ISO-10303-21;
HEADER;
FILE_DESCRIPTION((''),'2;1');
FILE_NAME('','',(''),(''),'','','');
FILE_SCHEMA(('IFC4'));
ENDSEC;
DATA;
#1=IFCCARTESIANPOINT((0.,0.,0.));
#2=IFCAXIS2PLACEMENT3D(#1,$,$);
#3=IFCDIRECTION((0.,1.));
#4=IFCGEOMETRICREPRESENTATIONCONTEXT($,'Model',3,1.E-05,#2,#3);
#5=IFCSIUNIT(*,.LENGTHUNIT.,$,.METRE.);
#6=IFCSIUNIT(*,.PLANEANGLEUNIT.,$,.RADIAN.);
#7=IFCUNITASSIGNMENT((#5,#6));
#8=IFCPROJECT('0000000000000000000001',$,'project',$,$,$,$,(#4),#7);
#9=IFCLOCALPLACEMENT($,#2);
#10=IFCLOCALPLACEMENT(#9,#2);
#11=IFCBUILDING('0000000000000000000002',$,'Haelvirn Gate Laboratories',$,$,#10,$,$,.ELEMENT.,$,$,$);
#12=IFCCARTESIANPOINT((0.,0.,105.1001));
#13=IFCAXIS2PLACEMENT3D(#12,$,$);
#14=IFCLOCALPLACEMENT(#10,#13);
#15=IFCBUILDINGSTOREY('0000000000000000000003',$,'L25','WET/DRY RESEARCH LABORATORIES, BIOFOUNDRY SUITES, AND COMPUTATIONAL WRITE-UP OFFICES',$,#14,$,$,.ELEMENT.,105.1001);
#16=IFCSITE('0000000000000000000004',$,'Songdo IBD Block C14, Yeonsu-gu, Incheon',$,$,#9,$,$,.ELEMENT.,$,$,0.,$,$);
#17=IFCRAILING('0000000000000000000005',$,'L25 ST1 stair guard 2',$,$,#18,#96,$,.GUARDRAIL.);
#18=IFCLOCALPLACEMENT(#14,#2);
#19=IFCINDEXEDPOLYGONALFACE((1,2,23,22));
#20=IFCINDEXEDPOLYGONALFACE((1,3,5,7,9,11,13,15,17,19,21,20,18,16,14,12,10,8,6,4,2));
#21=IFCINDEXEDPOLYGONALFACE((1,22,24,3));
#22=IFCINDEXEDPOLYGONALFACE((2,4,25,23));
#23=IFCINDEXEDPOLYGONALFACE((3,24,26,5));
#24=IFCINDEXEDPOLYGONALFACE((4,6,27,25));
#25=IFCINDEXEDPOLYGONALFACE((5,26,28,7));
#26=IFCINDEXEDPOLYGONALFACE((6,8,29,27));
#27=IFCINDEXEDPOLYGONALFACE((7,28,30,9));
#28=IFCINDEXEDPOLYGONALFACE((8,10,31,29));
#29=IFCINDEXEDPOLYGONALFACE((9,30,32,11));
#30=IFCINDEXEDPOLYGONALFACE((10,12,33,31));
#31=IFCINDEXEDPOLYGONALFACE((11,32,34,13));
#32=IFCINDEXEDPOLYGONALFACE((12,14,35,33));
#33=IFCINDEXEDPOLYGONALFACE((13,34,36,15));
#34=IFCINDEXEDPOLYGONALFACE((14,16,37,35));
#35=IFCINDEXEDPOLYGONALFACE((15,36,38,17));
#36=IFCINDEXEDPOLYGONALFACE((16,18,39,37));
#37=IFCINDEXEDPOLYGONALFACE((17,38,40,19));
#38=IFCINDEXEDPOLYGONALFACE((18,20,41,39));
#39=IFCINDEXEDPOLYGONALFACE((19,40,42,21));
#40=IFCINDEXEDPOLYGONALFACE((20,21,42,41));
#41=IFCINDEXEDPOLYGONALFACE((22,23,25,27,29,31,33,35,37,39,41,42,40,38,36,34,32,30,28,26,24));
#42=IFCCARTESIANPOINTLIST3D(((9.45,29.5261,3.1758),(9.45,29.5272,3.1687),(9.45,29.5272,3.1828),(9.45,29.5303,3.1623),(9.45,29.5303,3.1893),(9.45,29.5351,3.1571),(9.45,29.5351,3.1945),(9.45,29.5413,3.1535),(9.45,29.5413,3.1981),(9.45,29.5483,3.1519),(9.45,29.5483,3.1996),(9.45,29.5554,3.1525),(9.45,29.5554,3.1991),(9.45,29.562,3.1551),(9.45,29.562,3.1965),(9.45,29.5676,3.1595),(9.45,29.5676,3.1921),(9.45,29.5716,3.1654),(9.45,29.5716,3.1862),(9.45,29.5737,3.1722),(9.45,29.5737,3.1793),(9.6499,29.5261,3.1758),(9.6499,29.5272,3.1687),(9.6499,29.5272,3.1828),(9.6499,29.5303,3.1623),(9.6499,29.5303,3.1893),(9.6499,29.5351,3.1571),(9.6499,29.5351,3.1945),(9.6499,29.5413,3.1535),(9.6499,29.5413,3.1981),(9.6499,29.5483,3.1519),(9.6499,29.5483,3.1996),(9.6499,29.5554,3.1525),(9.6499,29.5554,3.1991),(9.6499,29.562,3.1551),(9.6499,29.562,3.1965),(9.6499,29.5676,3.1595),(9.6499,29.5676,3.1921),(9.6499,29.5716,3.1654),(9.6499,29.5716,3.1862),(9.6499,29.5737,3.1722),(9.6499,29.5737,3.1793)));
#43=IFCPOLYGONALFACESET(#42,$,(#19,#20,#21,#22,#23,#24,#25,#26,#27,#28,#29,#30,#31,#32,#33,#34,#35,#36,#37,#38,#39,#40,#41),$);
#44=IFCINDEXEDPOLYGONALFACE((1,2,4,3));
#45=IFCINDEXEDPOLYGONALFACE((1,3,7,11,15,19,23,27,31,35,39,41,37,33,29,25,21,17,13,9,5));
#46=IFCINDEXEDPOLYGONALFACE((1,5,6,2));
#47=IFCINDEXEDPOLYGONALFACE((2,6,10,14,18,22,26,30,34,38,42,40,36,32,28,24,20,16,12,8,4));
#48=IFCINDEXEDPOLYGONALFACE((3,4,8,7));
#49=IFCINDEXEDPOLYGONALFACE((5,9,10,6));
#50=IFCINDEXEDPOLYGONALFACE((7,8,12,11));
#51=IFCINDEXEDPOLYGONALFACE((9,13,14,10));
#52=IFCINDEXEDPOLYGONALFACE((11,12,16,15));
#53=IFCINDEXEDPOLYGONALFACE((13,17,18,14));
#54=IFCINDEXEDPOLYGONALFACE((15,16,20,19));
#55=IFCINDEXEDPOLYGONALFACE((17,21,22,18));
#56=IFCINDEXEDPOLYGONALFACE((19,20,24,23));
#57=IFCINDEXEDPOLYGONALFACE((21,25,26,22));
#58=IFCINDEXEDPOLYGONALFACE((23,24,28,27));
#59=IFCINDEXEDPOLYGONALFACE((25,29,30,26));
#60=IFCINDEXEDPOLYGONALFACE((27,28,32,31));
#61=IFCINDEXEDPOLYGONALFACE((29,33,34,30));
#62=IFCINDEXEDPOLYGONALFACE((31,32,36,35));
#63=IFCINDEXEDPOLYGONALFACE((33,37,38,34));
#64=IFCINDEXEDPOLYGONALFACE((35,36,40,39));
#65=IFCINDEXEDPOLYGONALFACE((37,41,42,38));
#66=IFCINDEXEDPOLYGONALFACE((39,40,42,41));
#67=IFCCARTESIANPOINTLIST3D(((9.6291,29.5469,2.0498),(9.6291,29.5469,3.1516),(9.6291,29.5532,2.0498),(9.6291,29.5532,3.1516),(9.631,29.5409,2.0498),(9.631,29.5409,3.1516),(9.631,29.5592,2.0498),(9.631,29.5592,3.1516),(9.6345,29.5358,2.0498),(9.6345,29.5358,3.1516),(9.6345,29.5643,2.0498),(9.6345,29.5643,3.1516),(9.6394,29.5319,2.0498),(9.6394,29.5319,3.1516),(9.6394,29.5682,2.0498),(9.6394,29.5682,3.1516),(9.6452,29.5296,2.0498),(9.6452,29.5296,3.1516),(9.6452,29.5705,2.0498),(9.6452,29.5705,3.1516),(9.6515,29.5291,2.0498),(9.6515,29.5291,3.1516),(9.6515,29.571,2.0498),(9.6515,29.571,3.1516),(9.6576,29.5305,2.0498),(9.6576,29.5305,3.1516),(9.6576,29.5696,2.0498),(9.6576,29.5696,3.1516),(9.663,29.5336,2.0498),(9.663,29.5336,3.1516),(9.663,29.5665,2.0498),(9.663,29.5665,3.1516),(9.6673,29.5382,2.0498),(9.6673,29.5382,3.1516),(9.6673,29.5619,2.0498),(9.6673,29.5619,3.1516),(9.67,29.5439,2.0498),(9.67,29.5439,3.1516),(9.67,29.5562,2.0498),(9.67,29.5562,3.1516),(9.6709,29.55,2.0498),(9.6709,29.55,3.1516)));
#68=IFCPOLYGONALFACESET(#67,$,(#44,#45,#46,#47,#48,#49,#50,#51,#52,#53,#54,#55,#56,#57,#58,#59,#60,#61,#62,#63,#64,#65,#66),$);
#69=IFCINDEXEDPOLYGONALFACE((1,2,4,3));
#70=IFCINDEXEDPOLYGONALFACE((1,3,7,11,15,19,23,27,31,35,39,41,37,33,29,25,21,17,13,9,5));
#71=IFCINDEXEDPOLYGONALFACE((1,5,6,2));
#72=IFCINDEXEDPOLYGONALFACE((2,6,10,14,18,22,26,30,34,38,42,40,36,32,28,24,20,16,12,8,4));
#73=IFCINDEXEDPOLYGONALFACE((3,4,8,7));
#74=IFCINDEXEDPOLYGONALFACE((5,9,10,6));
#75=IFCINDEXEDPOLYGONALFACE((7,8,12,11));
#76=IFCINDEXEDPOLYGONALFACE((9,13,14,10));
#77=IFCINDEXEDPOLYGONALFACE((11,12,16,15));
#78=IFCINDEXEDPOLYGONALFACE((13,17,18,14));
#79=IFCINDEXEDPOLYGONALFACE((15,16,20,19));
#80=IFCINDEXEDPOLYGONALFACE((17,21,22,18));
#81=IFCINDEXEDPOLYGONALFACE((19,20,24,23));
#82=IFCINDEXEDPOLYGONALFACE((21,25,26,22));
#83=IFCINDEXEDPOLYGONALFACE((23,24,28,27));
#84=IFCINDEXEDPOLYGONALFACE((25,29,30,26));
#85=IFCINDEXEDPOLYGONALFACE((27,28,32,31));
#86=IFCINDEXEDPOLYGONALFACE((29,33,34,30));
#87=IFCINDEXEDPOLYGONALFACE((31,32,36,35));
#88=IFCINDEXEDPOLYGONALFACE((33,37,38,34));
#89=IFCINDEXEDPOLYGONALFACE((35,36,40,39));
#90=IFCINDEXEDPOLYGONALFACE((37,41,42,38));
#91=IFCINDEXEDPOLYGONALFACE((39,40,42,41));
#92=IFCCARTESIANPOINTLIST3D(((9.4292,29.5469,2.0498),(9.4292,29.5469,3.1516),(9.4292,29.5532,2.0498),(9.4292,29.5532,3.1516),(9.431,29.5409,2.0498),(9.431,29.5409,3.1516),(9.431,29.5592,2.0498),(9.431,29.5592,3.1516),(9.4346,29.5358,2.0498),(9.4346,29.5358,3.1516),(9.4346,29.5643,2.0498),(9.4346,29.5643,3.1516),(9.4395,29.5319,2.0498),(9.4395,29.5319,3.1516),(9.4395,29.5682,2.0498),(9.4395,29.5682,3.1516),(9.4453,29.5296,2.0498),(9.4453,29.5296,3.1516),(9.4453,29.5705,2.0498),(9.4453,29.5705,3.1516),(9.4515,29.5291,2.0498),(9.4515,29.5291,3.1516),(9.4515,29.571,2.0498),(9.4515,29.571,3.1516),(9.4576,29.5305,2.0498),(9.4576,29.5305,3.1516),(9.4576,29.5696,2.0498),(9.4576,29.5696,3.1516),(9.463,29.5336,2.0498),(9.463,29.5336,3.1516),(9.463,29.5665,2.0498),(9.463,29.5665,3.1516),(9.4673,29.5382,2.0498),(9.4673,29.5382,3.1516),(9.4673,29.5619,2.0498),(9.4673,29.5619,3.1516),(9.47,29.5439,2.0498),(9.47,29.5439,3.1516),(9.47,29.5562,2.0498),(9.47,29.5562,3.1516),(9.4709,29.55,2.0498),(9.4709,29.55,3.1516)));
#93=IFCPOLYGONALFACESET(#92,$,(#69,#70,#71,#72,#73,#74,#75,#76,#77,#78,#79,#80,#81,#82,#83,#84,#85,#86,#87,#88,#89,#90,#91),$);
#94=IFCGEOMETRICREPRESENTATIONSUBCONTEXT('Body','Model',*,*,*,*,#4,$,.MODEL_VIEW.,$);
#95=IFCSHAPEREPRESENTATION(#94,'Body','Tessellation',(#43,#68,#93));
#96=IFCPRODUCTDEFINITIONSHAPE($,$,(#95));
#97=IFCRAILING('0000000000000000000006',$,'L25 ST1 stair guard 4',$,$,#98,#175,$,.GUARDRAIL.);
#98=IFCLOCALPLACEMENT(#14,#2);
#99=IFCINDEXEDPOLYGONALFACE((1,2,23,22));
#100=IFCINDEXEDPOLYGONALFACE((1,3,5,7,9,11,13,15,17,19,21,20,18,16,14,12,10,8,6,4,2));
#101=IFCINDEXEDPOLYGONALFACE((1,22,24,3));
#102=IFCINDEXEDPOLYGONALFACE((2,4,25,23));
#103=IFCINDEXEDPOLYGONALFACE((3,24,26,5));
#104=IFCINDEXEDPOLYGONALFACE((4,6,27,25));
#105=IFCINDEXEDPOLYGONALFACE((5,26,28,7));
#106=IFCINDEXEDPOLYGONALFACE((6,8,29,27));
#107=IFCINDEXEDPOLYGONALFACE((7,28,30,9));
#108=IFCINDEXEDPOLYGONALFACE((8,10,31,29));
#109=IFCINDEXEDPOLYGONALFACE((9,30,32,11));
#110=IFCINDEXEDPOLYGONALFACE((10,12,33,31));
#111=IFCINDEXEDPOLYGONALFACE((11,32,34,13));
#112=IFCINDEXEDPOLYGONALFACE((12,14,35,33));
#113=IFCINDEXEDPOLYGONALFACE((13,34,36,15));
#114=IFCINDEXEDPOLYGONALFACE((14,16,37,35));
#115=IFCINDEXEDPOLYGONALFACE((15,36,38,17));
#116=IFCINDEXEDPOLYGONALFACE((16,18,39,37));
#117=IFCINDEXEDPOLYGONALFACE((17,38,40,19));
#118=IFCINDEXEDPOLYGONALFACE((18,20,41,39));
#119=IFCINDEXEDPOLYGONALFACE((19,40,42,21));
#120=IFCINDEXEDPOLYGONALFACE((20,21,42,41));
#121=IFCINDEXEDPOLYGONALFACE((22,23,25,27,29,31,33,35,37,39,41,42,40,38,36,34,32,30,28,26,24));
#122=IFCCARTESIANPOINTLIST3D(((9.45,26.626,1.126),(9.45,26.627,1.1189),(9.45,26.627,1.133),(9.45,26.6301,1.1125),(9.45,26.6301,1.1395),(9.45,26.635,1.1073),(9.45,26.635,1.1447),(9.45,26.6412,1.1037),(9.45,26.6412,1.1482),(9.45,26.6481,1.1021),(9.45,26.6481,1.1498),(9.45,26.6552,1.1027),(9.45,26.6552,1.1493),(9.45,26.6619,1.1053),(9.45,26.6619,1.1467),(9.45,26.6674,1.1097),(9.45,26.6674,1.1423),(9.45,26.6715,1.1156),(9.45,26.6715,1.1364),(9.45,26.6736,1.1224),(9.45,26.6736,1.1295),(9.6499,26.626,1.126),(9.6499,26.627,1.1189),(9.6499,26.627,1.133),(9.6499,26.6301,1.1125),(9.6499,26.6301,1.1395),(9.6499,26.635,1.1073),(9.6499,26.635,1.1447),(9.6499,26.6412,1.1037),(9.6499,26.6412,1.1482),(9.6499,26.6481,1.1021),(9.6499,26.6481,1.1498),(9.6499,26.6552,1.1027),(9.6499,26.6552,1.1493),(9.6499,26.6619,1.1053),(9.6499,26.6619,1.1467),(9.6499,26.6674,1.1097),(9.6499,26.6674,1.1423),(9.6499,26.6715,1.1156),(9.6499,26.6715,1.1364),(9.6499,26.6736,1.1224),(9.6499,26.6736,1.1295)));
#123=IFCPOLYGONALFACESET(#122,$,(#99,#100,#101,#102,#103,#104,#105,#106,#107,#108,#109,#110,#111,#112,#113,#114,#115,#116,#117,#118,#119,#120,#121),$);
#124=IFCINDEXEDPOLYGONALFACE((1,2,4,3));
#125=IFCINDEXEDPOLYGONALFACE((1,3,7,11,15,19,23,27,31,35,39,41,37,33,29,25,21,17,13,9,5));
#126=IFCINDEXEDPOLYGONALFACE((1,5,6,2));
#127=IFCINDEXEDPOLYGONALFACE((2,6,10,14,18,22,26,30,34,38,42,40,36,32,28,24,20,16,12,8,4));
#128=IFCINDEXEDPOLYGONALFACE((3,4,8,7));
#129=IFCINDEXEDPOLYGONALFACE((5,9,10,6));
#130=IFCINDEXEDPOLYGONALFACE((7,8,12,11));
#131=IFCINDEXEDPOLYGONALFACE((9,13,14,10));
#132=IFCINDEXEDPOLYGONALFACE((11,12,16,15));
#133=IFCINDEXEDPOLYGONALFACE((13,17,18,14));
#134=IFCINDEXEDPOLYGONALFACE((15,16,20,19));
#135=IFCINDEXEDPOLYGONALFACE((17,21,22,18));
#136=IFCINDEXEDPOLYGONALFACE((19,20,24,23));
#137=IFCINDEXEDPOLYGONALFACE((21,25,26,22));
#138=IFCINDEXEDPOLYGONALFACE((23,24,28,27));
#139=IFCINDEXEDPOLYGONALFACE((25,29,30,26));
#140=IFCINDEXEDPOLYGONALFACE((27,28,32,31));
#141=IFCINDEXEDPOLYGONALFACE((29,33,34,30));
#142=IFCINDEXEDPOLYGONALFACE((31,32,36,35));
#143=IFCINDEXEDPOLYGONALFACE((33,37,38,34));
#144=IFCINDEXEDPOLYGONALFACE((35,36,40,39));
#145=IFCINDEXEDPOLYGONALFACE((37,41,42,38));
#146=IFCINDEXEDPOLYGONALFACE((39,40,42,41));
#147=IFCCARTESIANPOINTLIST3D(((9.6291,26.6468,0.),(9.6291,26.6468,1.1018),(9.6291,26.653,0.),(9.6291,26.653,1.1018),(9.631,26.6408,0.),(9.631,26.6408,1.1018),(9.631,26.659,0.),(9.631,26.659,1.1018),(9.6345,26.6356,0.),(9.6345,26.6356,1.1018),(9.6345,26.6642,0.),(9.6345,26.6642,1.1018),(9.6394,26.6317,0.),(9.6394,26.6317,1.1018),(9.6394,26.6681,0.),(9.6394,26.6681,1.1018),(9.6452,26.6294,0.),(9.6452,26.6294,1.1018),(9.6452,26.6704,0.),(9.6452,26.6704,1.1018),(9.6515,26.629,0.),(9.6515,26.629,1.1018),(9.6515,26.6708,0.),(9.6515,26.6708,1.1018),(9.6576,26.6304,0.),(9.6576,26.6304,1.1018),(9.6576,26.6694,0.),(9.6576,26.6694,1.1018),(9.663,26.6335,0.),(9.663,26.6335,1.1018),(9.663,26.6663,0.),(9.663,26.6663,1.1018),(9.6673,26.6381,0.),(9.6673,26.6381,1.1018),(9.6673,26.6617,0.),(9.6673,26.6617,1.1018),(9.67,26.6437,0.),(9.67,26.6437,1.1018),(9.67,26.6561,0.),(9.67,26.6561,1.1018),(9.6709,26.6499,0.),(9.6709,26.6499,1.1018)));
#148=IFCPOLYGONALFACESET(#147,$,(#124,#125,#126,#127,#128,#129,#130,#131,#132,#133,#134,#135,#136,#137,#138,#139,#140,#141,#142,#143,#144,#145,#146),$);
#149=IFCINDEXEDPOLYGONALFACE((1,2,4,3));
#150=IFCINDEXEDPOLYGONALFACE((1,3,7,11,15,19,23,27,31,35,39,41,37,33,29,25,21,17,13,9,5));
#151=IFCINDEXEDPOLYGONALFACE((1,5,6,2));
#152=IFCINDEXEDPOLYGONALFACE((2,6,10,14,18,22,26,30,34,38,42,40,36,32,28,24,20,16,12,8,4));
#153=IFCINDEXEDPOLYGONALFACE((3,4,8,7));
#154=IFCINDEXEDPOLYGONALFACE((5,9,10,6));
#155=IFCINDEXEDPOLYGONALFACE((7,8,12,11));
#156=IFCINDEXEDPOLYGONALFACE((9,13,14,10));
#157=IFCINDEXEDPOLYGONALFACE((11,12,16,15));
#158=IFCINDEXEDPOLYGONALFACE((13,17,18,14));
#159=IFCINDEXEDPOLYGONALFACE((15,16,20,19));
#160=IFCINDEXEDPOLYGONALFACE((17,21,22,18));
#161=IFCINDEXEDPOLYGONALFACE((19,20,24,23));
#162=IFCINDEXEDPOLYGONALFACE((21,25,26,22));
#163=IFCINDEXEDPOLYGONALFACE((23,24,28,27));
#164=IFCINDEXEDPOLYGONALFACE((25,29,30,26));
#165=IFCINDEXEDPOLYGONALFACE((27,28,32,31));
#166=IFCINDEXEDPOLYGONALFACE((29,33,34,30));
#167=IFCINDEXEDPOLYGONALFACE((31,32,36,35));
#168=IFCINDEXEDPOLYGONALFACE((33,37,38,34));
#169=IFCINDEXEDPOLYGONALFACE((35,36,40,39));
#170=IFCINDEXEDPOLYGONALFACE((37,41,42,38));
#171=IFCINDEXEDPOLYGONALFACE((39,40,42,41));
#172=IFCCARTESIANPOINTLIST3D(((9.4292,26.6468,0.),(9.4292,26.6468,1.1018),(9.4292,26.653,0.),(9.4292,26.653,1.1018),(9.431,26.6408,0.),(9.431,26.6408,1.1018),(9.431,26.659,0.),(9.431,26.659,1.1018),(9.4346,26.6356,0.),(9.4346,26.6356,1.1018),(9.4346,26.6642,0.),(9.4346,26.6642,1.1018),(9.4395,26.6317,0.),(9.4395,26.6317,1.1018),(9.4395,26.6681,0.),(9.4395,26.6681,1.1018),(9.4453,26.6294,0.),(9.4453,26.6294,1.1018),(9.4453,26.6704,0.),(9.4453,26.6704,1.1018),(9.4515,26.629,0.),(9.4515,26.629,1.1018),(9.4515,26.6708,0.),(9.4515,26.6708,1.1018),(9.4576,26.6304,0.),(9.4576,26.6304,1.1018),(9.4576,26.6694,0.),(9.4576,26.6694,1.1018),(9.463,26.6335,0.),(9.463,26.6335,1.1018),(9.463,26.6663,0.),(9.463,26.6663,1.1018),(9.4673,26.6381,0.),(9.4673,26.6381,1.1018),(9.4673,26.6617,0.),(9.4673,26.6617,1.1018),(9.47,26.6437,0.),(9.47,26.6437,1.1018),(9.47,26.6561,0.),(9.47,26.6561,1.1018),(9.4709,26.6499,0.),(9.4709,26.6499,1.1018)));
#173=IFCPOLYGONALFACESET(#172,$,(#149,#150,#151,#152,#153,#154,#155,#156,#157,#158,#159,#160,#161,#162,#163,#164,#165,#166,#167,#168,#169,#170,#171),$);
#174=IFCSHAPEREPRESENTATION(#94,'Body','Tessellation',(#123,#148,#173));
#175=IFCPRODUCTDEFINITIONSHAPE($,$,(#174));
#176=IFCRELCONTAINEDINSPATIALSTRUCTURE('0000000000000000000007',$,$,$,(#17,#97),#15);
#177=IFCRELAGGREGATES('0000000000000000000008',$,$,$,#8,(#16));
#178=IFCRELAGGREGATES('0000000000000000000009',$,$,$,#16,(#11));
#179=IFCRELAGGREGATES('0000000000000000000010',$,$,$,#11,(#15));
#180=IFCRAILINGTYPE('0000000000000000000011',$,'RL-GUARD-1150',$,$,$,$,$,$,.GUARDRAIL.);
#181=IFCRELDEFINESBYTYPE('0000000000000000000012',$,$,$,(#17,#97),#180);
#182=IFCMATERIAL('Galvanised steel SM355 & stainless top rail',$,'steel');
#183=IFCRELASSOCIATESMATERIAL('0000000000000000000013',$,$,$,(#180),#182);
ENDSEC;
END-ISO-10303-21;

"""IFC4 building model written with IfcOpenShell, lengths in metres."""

from ifc_helpers import new_model, si_unit, direction, frame, origin, origin_2d, place, context, subcontext, project, spatial, circle, extrude, source, transform, mapped, material, type_object, element, save


model = new_model("IFC4")

# Units and contexts
model_context = context("Model", 3, precision=1e-05, world=origin(), true_north=direction((0.0, 1.0)))
body_context = subcontext(model_context, "Body", "Model", "MODEL_VIEW")
ifc_project = project(units=[si_unit("LENGTHUNIT", "METRE"), si_unit("PLANEANGLEUNIT", "RADIAN")], contexts=[model_context])

# Site, building, storey
site_placement = place(None, origin())
site = spatial("IfcSite", under=ifc_project, at=site_placement, Name="Songdo IBD Block C14, Yeonsu-gu, Incheon", CompositionType="ELEMENT", RefElevation=0.0)
building_placement = place(site_placement, origin())
building = spatial("IfcBuilding", under=site, at=building_placement, Name="Haelvirn Gate Laboratories", CompositionType="ELEMENT")
storey_placement = place(building_placement, frame((0.0, 0.0, 105.1001)))
storey = spatial("IfcBuildingStorey", under=building, at=storey_placement, Name="L25", Description="WET/DRY RESEARCH LABORATORIES, BIOFOUNDRY SUITES, AND COMPUTATIONAL WRITE-UP OFFICES", CompositionType="ELEMENT", Elevation=105.1001)

# Railings
ifc_material_1 = material(Name="Galvanised steel SM355 & stainless top rail", Category="steel")
railing_type_1 = type_object("IfcRailingType", Name="RL-GUARD-1150", PredefinedType="GUARDRAIL", material=ifc_material_1)
shared_shape_1 = source(origin(), body_context, "Body", "SweptSolid", [
    extrude(circle(Radius=0.0239, at=origin_2d()), frame((0.0, 0.0, 1.126), z_axis=(-1.0, 0.0, 0.0), x_axis=(0.0, -1.0, 0.0)), (0.0, 0.0, 1.0), 0.2),
    extrude(circle(Radius=0.021, at=origin_2d()), origin(), (0.0, 0.0, 1.0), 1.1018),
    extrude(circle(Radius=0.021, at=origin_2d()), frame((-0.2, 0.0, 0.0)), (0.0, 0.0, 1.0), 1.1018),
])
for number, where, name in (
    (1, (9.6499, 29.55, 2.0498), "L25 ST1 stair guard 2"),
    (2, (9.6499, 26.6499, 0.0), "L25 ST1 stair guard 4"),
):
    element("IfcRailing", number, at=place(storey_placement, frame(where)), inside=storey, type_object=railing_type_1, Name=name, PredefinedType="GUARDRAIL", context=body_context, shape_type="MappedRepresentation", body=[
        mapped(shared_shape_1, transform((0.0, 0.0, 0.0), scale=1.0)),
    ])

save(model, "model.ifc")
